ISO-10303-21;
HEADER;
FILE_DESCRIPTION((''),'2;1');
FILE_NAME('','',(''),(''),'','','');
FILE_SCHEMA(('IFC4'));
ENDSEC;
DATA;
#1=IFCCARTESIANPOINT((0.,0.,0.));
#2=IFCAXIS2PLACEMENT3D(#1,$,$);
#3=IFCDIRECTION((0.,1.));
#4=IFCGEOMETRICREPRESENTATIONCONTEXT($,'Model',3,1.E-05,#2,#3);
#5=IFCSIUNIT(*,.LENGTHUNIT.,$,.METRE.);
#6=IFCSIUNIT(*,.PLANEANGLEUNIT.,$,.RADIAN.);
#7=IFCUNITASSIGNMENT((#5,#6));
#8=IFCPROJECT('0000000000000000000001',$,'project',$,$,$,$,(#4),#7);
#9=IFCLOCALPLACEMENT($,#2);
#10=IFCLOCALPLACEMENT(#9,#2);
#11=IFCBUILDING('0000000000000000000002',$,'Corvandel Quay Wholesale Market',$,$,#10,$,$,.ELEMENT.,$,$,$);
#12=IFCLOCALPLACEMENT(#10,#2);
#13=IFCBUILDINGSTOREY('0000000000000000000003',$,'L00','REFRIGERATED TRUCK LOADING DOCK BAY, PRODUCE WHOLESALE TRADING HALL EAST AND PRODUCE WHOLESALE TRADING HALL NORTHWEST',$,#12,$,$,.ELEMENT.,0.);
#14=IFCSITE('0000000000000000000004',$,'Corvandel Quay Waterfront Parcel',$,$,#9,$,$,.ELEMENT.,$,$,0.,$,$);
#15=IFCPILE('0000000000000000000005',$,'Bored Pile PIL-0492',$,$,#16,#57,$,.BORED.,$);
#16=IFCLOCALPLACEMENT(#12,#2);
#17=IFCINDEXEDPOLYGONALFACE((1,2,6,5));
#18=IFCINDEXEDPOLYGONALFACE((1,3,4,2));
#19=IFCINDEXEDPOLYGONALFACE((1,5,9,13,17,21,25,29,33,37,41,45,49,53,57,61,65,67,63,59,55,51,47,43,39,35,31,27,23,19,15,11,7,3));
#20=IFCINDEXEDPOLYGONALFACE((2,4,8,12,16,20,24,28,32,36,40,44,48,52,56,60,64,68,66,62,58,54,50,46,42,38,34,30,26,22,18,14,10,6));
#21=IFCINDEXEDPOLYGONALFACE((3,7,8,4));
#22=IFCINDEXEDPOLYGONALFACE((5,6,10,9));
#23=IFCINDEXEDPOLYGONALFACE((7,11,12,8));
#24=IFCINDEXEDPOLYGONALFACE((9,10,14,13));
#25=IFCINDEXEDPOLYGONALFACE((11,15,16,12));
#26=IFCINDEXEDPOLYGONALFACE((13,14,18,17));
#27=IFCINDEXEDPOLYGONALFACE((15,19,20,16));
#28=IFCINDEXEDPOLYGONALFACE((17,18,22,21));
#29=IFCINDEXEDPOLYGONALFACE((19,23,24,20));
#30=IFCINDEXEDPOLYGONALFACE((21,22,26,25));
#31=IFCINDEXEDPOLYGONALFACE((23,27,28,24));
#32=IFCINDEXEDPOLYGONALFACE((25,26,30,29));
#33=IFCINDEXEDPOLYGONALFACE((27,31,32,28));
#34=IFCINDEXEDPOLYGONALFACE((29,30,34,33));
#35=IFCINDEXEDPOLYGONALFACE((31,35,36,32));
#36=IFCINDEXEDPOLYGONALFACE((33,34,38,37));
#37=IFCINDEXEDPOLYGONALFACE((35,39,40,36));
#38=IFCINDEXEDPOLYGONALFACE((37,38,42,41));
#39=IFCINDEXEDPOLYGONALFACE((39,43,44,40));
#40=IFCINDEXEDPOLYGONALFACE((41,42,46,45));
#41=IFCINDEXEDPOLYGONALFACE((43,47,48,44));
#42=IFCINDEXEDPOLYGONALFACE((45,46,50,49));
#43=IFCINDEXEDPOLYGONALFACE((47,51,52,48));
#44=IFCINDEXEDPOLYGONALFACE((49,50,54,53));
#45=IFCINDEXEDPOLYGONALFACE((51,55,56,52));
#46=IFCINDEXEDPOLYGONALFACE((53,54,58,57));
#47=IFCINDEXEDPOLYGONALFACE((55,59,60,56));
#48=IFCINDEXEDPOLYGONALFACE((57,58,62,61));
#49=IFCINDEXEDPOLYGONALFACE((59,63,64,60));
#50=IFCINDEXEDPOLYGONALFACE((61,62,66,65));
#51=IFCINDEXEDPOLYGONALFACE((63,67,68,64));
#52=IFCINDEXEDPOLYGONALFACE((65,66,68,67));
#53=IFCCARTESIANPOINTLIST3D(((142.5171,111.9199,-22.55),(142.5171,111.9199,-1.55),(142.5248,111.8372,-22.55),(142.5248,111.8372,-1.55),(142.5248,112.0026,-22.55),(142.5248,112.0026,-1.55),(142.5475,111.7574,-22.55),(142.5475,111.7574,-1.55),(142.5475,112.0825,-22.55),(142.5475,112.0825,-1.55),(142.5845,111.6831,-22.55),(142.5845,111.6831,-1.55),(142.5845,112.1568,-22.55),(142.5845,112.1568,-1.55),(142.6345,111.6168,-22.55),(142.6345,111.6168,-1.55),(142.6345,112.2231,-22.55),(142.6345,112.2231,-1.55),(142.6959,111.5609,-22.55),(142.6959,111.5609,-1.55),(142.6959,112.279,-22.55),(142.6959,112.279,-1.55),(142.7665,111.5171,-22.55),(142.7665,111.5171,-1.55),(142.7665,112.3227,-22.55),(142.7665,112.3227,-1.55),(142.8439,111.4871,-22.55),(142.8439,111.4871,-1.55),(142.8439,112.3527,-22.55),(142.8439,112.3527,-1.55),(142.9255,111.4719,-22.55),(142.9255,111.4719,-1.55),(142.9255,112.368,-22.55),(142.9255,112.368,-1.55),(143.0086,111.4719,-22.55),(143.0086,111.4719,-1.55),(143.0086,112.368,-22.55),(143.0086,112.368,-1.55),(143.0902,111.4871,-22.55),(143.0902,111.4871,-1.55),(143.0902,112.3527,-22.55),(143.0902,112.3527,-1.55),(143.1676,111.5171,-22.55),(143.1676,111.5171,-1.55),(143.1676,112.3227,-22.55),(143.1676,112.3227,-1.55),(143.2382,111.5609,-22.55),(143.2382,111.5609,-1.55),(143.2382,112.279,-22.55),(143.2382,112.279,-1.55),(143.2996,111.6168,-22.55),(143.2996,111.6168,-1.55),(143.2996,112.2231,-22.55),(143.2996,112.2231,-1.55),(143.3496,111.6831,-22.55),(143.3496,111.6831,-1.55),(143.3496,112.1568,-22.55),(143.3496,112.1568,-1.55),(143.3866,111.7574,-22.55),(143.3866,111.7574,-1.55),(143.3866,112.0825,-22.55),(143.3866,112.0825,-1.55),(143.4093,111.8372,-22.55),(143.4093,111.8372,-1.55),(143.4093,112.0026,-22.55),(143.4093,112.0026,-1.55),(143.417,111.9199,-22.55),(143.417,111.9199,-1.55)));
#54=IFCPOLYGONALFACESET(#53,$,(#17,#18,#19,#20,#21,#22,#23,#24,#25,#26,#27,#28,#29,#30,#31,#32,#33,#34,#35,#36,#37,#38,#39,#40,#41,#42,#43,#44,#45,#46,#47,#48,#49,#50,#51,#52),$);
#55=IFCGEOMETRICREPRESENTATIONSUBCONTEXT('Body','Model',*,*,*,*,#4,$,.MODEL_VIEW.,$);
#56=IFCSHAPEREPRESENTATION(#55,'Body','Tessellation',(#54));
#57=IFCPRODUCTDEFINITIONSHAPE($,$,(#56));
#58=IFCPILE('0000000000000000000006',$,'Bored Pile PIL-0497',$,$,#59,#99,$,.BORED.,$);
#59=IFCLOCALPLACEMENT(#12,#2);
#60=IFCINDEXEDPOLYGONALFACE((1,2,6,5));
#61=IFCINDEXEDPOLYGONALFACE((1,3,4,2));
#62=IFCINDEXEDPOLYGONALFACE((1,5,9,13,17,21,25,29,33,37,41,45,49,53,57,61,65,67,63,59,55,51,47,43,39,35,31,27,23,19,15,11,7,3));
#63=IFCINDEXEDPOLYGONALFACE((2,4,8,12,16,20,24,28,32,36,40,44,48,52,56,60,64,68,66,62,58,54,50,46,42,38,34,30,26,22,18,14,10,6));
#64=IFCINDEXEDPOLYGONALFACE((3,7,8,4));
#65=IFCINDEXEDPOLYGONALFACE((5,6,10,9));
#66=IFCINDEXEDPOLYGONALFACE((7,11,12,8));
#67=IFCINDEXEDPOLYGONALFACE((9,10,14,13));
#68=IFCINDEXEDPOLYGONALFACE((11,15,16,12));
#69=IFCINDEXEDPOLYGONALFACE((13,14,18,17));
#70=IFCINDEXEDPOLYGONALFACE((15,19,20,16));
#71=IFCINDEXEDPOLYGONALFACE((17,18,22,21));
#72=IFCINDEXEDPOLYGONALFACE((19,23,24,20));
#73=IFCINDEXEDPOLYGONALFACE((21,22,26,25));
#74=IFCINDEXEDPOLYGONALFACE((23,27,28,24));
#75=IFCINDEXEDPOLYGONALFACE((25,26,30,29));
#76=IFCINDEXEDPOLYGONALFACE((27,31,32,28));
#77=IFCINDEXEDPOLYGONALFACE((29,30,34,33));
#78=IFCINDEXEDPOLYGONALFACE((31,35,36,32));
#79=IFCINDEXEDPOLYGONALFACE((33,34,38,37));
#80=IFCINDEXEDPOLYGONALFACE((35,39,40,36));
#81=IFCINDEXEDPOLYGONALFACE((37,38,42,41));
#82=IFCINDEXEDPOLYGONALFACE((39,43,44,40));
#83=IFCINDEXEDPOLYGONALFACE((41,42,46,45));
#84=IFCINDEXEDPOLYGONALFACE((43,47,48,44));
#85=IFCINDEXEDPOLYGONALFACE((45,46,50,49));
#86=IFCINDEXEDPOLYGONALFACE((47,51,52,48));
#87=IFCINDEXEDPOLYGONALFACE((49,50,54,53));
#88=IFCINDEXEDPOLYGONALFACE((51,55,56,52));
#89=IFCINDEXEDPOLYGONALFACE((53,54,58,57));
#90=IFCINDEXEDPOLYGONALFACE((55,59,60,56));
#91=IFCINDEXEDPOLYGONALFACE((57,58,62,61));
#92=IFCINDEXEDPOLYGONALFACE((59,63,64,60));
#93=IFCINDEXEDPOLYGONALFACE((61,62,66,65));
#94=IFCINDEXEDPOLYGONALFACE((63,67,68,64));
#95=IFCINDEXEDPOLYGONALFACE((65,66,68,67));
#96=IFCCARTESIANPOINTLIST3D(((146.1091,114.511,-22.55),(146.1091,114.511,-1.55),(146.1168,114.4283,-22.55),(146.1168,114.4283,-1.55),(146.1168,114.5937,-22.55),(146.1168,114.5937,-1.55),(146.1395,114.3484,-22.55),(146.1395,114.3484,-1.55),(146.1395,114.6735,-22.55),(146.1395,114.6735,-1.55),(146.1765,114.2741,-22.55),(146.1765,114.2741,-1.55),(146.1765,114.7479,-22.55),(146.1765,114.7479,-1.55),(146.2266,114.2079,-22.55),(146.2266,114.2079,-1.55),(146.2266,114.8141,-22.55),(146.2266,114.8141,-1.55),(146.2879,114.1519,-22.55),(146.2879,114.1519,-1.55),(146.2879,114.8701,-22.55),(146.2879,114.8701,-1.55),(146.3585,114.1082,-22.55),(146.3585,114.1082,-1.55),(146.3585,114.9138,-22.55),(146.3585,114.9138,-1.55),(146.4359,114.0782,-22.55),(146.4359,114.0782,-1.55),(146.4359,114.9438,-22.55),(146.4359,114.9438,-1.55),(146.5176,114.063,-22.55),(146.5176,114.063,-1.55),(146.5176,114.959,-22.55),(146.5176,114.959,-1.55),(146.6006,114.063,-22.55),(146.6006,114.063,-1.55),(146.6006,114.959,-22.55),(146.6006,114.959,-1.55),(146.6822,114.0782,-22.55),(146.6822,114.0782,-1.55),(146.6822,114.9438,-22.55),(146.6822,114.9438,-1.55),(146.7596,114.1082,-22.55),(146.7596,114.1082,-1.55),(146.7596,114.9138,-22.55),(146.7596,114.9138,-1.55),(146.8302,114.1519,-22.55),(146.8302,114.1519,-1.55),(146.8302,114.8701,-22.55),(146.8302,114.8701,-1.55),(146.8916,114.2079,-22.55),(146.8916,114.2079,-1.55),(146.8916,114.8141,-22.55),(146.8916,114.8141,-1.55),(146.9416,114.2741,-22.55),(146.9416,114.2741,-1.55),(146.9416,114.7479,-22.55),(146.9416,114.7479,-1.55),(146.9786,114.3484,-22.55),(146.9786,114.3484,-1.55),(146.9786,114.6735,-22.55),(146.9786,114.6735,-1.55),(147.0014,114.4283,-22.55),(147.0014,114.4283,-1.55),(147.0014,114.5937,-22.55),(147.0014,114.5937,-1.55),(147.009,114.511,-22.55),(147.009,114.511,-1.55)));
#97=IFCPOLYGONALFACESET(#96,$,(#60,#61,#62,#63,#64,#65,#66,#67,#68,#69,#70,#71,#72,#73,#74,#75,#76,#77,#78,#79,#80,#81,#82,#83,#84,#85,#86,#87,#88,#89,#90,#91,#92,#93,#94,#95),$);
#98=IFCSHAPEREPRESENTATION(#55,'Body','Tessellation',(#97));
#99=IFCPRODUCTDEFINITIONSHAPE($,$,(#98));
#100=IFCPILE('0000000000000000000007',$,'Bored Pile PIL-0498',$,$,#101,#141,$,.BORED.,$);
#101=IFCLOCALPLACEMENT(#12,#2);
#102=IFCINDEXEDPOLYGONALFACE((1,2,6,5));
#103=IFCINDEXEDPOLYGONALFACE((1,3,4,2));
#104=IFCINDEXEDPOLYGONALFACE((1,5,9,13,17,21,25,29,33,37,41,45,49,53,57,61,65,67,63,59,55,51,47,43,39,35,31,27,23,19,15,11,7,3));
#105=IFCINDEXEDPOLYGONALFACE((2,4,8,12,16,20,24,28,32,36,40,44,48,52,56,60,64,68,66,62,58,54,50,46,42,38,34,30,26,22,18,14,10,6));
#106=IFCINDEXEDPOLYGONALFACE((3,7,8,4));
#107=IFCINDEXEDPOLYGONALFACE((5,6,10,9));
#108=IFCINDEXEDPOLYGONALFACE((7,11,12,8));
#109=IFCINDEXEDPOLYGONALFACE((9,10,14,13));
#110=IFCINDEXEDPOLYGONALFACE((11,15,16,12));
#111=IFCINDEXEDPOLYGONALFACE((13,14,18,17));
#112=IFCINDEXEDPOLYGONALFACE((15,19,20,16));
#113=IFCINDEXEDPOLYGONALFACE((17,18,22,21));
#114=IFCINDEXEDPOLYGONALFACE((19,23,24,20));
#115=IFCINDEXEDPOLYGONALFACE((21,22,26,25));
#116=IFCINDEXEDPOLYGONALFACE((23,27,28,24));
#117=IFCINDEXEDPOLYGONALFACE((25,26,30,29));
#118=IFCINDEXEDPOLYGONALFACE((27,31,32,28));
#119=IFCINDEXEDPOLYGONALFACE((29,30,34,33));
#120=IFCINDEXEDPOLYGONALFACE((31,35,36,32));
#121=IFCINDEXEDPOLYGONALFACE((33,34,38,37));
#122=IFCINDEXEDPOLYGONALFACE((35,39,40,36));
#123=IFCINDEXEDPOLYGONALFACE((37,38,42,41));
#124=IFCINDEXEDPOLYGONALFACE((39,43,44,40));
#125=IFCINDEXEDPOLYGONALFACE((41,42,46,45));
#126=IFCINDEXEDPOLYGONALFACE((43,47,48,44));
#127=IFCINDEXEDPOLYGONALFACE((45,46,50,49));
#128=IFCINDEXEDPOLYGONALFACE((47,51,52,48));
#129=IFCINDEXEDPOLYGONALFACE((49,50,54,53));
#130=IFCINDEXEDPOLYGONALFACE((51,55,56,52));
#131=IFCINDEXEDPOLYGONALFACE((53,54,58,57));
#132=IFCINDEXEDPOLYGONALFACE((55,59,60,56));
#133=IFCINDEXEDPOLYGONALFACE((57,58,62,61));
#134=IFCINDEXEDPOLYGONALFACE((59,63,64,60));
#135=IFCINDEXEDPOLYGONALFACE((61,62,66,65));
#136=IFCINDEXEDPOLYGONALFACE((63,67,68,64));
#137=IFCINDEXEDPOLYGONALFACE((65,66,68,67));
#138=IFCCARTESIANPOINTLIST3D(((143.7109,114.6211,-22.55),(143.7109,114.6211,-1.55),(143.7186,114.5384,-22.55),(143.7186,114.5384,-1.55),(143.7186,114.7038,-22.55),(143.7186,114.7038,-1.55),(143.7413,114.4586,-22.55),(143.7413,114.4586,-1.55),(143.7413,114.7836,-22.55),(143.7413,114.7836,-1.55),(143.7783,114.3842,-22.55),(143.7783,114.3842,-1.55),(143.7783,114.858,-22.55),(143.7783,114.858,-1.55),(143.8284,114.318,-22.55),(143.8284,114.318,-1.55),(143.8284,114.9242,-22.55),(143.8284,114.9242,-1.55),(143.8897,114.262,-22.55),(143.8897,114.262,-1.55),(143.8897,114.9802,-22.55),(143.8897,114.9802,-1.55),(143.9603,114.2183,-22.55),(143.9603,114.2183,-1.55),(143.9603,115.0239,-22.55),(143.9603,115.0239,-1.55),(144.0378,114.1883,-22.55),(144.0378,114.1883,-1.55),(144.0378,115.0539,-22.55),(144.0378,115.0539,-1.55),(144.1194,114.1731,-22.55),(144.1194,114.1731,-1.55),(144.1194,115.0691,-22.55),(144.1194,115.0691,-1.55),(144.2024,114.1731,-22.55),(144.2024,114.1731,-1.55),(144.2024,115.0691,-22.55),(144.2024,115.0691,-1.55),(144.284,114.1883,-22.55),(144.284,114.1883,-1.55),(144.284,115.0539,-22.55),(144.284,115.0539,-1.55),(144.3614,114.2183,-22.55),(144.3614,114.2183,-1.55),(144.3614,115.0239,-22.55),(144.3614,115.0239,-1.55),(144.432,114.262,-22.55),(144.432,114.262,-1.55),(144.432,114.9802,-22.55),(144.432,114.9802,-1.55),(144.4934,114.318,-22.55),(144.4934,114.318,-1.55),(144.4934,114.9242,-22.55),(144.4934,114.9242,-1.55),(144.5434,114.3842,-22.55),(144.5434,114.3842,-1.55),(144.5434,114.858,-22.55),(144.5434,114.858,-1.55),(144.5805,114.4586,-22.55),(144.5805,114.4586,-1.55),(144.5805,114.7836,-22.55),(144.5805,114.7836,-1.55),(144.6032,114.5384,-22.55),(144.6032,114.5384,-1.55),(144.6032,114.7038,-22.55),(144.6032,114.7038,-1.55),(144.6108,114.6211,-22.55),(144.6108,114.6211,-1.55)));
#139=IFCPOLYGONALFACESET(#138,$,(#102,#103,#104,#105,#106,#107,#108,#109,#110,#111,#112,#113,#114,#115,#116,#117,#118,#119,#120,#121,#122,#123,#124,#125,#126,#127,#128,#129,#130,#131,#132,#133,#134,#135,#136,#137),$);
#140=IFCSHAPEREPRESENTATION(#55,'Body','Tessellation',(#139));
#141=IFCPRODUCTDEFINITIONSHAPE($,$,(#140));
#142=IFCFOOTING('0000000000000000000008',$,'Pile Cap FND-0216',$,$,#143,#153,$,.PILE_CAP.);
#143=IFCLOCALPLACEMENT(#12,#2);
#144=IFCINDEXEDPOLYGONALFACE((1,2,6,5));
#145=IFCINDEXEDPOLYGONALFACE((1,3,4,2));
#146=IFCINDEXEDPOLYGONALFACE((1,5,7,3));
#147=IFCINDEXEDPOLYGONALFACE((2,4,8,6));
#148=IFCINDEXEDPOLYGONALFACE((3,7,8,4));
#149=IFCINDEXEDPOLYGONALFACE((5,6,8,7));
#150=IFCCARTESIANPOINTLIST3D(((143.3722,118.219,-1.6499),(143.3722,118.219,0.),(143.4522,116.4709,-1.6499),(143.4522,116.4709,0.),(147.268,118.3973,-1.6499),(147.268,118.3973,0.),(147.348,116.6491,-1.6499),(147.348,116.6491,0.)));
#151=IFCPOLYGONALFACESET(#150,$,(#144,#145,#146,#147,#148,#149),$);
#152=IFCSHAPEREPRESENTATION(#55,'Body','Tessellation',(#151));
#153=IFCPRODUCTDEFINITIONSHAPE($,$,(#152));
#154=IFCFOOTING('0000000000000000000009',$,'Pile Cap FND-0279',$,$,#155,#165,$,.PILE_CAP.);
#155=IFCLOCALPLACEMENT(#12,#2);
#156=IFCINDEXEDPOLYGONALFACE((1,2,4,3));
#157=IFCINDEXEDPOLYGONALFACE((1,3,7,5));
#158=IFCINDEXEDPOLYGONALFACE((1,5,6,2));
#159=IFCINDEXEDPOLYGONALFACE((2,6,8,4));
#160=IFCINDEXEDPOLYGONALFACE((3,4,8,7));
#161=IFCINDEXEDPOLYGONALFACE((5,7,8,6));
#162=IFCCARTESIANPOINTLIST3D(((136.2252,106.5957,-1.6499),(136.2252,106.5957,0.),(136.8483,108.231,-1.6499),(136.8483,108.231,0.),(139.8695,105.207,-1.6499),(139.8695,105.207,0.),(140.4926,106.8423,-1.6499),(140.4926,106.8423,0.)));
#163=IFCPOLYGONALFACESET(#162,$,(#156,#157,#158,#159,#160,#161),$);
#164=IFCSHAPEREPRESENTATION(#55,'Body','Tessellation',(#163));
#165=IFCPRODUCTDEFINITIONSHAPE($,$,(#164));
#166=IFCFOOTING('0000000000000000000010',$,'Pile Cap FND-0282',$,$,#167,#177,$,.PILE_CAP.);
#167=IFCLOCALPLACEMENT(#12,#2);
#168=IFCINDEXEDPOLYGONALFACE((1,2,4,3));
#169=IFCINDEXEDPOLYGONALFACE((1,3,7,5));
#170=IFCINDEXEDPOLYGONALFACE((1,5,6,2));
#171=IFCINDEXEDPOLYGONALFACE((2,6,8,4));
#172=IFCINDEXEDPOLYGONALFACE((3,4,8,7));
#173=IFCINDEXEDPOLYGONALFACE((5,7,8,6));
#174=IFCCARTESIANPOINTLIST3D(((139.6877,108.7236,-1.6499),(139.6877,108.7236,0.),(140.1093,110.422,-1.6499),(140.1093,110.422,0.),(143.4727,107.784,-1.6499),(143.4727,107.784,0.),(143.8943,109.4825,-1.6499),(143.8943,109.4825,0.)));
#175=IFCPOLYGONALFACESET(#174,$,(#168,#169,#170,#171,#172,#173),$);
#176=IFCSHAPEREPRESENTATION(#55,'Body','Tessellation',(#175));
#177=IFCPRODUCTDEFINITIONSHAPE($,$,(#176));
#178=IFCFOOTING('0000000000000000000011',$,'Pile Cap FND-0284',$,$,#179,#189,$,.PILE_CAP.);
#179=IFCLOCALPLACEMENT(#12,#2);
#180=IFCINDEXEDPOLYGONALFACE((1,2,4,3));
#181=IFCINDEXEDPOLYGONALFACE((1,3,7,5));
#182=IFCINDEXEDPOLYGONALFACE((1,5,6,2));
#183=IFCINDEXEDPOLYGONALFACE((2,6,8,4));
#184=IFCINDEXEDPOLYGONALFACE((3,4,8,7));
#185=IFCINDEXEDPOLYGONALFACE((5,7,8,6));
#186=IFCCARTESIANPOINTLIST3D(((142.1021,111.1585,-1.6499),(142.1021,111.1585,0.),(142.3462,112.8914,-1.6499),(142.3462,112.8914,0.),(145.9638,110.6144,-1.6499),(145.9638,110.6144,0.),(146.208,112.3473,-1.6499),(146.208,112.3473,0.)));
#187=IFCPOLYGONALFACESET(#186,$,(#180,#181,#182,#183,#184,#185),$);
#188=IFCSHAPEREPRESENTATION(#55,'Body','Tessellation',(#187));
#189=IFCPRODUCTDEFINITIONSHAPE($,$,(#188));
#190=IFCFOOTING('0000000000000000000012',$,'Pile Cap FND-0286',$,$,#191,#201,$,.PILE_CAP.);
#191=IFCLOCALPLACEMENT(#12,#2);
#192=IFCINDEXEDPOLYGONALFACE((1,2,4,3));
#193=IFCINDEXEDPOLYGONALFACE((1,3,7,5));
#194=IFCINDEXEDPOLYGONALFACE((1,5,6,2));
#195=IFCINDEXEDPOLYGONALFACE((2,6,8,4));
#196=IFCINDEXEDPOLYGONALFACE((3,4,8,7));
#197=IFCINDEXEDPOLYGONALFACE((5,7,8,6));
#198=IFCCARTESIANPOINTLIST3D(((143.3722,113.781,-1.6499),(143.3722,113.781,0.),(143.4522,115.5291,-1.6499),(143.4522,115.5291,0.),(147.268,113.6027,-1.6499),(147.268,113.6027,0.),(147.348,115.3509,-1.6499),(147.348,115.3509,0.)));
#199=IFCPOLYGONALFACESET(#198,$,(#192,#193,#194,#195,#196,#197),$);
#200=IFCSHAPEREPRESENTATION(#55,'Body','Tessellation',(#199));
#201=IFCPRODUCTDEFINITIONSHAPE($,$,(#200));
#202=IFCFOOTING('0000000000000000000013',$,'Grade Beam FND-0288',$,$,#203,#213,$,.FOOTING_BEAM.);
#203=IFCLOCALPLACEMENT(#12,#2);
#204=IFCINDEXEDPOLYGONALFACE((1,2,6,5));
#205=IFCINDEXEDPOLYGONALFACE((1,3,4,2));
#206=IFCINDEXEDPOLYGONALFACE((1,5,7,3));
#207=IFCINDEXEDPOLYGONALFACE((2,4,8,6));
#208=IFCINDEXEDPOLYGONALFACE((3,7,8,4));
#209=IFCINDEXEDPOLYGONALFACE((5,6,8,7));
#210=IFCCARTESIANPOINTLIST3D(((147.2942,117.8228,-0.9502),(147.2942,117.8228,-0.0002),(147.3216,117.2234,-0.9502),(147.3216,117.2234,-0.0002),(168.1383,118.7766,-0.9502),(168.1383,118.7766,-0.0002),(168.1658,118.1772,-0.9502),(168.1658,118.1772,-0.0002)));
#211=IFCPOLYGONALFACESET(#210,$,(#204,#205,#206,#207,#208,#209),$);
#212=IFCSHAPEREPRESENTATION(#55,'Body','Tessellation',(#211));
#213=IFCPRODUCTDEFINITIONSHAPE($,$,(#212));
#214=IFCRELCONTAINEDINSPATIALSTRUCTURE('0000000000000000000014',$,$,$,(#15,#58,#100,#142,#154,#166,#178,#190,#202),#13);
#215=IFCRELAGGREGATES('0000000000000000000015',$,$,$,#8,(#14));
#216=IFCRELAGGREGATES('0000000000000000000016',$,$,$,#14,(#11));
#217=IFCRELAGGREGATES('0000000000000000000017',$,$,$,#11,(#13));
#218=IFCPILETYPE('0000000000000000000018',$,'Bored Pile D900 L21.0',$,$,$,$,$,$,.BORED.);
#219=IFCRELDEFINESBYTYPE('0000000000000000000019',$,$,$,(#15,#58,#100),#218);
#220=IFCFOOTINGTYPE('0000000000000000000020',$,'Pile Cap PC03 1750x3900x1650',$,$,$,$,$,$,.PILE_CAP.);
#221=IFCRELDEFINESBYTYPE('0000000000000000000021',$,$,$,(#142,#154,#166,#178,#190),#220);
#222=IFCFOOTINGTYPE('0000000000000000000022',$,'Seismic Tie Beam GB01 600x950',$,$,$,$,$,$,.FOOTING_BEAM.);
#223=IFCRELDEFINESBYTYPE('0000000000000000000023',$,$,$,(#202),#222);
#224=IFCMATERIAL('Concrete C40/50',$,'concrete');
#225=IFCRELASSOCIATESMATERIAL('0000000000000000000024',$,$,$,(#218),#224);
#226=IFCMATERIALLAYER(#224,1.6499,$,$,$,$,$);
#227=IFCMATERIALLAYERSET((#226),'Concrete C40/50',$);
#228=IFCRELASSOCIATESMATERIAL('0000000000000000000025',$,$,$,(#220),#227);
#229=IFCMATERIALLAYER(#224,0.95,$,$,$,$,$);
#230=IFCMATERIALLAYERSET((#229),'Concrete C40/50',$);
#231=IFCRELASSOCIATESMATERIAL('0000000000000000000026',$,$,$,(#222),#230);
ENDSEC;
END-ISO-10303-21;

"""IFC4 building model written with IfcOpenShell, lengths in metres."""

from ifc_helpers import new_model, si_unit, direction, frame, origin, origin_2d, place, context, subcontext, project, spatial, rectangle, circle, extrude, material, layer, layer_set, material_profile, profile_set, type_object, element, save


model = new_model("IFC4")

# Units and contexts
model_context = context("Model", 3, precision=1e-05, world=origin(), true_north=direction((0.0, 1.0)))
body_context = subcontext(model_context, "Body", "Model", "MODEL_VIEW")
ifc_project = project(units=[si_unit("LENGTHUNIT", "METRE"), si_unit("PLANEANGLEUNIT", "RADIAN")], contexts=[model_context])

# Site, building, storey
site_placement = place(None, origin())
site = spatial("IfcSite", under=ifc_project, at=site_placement, Name="Corvandel Quay Waterfront Parcel", CompositionType="ELEMENT", RefElevation=0.0)
building_placement = place(site_placement, origin())
building = spatial("IfcBuilding", under=site, at=building_placement, Name="Corvandel Quay Wholesale Market", CompositionType="ELEMENT")
storey_placement = place(building_placement, origin())
storey = spatial("IfcBuildingStorey", under=building, at=storey_placement, Name="L00", Description="REFRIGERATED TRUCK LOADING DOCK BAY, PRODUCE WHOLESALE TRADING HALL EAST AND PRODUCE WHOLESALE TRADING HALL NORTHWEST", CompositionType="ELEMENT", Elevation=0.0)

# Piles
ifc_material_1 = material(Name="Concrete C40/50", Category="concrete")
ifc_material_profile_1 = material_profile(ifc_material_1, circle(Radius=0.45, at=origin_2d()), Name="RC-PILE-D900")
ifc_profile_set_1 = profile_set([ifc_material_profile_1], Name="Concrete C40/50")
pile_type = type_object("IfcPileType", Name="Bored Pile D900 L21.0", PredefinedType="BORED", material=ifc_profile_set_1)
for number, where, z_axis, x_axis, name in (
    (1, (142.967, 111.9199, -1.55), (0.0, 0.0, -1.0), (1.0, 0.0, 0.0), "Bored Pile PIL-0492"),
    (2, (146.5591, 114.511, -1.55), (0.0, 0.0, -1.0), (1.0, 0.0, 0.0), "Bored Pile PIL-0497"),
    (3, (144.1609, 114.6211, -1.55), (0.0, 0.0, -1.0), (1.0, 0.0, 0.0), "Bored Pile PIL-0498"),
):
    element("IfcPile", number, at=place(storey_placement, frame(where, z_axis=z_axis, x_axis=x_axis)), inside=storey, type_object=pile_type, Name=name, PredefinedType="BORED", context=body_context, shape_type="SweptSolid", body=[
        extrude(circle(Radius=0.45, at=origin_2d()), origin(), (0.0, 0.0, 1.0), 21.0),
    ])

# Footings
ifc_layer_1 = layer(ifc_material_1, 1.6499)
ifc_layer_set_1 = layer_set([ifc_layer_1], Name="Concrete C40/50")
footing_type_1 = type_object("IfcFootingType", Name="Pile Cap PC03 1750x3900x1650", PredefinedType="PILE_CAP", material=ifc_layer_set_1)
for number, where, z_axis, x_axis, name in (
    (4, (145.3601, 117.4341, -1.6499), (0.0, 0.0, 1.0), (-0.045712, 0.998955, 0.0), "Pile Cap FND-0216"),
    (5, (138.3589, 106.719, -1.6499), (0.0, 0.0, 1.0), (0.356086, 0.934453, 0.0), "Pile Cap FND-0279"),
    (6, (141.791, 109.103, -1.6499), (0.0, 0.0, 1.0), (0.240906, 0.970549, 0.0), "Pile Cap FND-0282"),
    (7, (144.155, 111.7529, -1.6499), (0.0, 0.0, 1.0), (0.139519, 0.990219, 0.0), "Pile Cap FND-0284"),
    (8, (145.3601, 114.5659, -1.6499), (0.0, 0.0, 1.0), (0.045712, 0.998955, 0.0), "Pile Cap FND-0286"),
):
    element("IfcFooting", number, at=place(storey_placement, frame(where, z_axis=z_axis, x_axis=x_axis)), inside=storey, type_object=footing_type_1, Name=name, PredefinedType="PILE_CAP", context=body_context, shape_type="SweptSolid", body=[
        extrude(rectangle(XDim=1.75, YDim=3.8999, at=origin_2d()), origin(), (0.0, 0.0, 1.0), 1.6499),
    ])
ifc_layer_2 = layer(ifc_material_1, 0.95)
ifc_layer_set_2 = layer_set([ifc_layer_2], Name="Concrete C40/50")
footing_type_2 = type_object("IfcFootingType", Name="Seismic Tie Beam GB01 600x950", PredefinedType="FOOTING_BEAM", material=ifc_layer_set_2)
footing_1_placement = place(storey_placement, frame((157.73, 118.0, -0.9502), z_axis=(0.0, 0.0, 1.0), x_axis=(0.998955, 0.045712, 0.0)))
element("IfcFooting", 9, at=footing_1_placement, inside=storey, type_object=footing_type_2, Name="Grade Beam FND-0288", PredefinedType="FOOTING_BEAM", context=body_context, shape_type="SweptSolid", body=[
    extrude(rectangle(XDim=20.866, YDim=0.6001, at=origin_2d()), origin(), (0.0, 0.0, 1.0), 0.95),
])

save(model, "model.ifc")
